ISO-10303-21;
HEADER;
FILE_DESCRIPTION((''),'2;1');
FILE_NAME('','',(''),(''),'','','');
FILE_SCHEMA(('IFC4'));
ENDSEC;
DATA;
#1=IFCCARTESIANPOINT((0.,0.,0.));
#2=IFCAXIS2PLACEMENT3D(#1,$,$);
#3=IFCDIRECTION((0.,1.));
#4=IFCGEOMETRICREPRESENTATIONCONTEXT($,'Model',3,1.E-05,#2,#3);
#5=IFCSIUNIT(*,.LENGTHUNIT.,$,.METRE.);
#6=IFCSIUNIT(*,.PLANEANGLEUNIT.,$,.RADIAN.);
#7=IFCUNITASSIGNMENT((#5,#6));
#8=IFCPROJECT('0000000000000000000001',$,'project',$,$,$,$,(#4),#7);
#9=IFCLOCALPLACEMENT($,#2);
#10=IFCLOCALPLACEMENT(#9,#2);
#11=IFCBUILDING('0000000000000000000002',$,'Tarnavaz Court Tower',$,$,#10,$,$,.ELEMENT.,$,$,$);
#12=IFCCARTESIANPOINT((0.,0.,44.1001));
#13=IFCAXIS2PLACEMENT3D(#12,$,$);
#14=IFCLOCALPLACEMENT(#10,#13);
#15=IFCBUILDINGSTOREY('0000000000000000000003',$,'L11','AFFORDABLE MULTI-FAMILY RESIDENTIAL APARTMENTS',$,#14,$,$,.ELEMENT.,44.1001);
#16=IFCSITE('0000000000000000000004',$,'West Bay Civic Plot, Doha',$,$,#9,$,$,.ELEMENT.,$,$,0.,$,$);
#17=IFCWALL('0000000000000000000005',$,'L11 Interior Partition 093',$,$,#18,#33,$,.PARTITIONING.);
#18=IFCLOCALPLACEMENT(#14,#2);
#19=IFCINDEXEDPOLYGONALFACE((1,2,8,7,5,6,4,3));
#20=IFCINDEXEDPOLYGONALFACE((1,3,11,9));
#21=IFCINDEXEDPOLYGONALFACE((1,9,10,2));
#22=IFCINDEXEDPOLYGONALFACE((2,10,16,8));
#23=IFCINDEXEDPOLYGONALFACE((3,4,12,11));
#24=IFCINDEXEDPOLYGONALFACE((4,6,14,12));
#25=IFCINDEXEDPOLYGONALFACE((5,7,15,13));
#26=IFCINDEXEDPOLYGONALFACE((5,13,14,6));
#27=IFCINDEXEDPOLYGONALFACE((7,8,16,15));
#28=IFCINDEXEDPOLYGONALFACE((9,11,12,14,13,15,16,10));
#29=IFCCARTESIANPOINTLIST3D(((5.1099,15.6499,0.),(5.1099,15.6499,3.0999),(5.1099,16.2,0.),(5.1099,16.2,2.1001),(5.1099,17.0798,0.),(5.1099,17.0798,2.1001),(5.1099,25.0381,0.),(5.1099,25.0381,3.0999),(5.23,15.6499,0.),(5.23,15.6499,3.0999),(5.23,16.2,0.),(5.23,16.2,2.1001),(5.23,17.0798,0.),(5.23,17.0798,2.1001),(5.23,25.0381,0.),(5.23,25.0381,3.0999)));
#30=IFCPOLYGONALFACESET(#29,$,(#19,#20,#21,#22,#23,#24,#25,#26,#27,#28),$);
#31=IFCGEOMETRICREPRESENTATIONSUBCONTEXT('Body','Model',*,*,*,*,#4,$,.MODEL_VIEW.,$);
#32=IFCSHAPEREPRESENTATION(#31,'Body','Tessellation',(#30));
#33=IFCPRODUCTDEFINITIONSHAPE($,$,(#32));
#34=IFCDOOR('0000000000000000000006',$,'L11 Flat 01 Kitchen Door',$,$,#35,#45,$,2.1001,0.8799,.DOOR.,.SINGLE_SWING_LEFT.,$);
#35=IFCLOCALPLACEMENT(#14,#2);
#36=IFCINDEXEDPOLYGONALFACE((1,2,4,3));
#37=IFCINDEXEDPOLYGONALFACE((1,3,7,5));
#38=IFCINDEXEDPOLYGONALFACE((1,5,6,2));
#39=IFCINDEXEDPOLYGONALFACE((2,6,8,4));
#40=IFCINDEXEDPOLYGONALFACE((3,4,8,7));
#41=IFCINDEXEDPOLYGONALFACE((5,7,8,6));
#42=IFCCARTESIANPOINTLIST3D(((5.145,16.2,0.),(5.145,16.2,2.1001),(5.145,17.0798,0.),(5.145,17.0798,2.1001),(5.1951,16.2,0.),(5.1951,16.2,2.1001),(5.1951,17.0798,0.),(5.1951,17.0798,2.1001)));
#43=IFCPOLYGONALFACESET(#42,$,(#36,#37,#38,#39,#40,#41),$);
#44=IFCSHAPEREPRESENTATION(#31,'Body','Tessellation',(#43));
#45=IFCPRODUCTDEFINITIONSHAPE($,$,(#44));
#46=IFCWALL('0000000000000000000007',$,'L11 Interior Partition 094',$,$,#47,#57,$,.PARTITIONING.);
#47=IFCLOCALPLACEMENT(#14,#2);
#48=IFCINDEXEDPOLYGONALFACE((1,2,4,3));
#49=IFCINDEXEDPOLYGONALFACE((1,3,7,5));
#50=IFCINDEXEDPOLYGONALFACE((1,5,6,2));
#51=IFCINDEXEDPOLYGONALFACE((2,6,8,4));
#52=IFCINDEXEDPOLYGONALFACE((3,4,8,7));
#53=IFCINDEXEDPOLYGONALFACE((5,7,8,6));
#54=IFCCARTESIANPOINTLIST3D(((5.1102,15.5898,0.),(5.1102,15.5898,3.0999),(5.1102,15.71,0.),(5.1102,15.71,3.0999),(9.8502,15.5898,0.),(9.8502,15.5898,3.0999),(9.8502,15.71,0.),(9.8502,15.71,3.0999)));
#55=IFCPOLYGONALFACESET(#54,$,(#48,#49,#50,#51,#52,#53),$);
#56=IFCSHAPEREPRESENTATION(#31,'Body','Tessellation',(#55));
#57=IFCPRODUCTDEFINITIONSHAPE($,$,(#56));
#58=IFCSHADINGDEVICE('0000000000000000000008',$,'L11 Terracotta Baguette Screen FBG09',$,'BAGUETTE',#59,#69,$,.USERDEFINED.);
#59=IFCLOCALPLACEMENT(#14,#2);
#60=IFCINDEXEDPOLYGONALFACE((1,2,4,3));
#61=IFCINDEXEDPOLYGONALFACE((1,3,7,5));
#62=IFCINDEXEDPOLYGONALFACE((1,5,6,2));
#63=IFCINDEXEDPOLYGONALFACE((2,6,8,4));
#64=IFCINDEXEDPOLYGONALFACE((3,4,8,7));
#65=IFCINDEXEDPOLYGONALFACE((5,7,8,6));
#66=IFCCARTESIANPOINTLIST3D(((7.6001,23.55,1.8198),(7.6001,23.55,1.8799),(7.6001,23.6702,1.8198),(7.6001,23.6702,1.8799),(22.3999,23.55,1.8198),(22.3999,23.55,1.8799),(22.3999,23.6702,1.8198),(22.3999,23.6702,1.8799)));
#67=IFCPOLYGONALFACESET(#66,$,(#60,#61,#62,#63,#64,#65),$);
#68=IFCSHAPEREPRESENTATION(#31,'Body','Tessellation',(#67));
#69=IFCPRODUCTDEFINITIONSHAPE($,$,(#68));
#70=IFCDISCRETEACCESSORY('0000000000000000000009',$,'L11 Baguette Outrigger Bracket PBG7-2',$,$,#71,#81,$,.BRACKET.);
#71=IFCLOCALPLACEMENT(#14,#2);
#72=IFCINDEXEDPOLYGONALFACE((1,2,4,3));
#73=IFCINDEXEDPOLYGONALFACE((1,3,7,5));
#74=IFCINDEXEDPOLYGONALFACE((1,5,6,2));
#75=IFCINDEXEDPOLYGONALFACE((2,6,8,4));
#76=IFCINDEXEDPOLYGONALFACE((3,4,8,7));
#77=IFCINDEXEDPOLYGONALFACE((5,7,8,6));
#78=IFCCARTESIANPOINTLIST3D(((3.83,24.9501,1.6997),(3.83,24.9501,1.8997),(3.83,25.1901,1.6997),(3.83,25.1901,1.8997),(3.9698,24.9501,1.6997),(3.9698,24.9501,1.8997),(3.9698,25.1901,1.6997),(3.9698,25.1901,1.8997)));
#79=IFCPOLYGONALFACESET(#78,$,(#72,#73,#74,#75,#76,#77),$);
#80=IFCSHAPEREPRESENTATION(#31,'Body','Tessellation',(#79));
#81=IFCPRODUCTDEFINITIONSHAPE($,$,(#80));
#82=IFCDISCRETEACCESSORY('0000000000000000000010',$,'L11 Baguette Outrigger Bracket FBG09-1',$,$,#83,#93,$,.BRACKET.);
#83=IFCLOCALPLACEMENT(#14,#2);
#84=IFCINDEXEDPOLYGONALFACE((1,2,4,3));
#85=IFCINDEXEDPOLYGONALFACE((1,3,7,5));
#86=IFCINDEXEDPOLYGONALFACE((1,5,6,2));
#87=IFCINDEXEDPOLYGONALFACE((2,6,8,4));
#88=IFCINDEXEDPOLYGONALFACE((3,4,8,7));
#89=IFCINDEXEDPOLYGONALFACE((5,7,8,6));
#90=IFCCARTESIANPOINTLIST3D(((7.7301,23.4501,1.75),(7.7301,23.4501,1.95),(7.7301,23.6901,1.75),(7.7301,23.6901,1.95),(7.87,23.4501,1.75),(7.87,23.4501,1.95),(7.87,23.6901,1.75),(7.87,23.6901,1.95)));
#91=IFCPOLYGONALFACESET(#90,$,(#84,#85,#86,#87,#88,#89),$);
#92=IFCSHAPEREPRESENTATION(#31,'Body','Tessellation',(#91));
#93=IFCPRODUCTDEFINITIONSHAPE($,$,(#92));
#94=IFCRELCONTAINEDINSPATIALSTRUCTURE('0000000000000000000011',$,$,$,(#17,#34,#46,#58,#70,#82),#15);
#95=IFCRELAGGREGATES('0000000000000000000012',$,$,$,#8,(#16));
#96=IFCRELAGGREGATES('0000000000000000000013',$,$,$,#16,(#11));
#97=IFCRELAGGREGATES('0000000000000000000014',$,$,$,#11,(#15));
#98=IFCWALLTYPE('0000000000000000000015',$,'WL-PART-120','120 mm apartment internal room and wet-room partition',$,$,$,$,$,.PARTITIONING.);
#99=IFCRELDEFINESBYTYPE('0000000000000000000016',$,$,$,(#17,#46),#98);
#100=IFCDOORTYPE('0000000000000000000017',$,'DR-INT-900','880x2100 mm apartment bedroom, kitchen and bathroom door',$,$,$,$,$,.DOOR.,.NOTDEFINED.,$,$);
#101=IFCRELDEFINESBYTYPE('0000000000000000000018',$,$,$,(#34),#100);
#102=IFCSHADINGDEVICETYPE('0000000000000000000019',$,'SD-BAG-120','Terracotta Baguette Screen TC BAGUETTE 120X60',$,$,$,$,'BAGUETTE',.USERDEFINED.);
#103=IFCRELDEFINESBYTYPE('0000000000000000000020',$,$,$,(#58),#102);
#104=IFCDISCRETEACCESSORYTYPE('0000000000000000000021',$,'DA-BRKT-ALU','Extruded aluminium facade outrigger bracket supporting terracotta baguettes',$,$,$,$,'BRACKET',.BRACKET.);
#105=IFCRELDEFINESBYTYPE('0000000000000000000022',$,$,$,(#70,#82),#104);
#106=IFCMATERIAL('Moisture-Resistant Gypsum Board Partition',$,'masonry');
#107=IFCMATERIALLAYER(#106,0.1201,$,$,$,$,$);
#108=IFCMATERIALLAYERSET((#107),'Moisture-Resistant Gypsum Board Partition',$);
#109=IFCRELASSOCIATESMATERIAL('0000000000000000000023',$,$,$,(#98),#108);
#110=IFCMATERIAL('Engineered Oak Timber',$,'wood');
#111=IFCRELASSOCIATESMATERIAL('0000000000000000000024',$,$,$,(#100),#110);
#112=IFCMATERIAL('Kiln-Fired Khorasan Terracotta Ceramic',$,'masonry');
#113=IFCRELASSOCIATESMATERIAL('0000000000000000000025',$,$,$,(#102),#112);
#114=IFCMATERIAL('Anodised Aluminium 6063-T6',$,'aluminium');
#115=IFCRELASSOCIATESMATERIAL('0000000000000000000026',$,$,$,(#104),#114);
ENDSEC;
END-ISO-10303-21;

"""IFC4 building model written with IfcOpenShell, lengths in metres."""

from ifc_helpers import new_model, si_unit, direction, frame, frame_2d, origin, origin_2d, place, context, subcontext, project, spatial, rectangle, extrude, material, layer, layer_set, material_profile, profile_set, type_object, element, fill, save


model = new_model("IFC4")

# Units and contexts
model_context = context("Model", 3, precision=1e-05, world=origin(), true_north=direction((0.0, 1.0)))
body_context = subcontext(model_context, "Body", "Model", "MODEL_VIEW")
ifc_project = project(units=[si_unit("LENGTHUNIT", "METRE"), si_unit("PLANEANGLEUNIT", "RADIAN")], contexts=[model_context])

# Site, building, storey
site_placement = place(None, origin())
site = spatial("IfcSite", under=ifc_project, at=site_placement, Name="West Bay Civic Plot, Doha", CompositionType="ELEMENT", RefElevation=0.0)
building_placement = place(site_placement, origin())
building = spatial("IfcBuilding", under=site, at=building_placement, Name="Tarnavaz Court Tower", CompositionType="ELEMENT")
storey_placement = place(building_placement, frame((0.0, 0.0, 44.1001)))
storey = spatial("IfcBuildingStorey", under=building, at=storey_placement, Name="L11", Description="AFFORDABLE MULTI-FAMILY RESIDENTIAL APARTMENTS", CompositionType="ELEMENT", Elevation=44.1001)

# Shared definitions
ifc_material_1 = material(Name="Anodised Aluminium 6063-T6", Category="aluminium")

# Wall, opening, door
ifc_material_2 = material(Name="Moisture-Resistant Gypsum Board Partition", Category="masonry")
ifc_layer_1 = layer(ifc_material_2, 0.1201)
ifc_layer_set_1 = layer_set([ifc_layer_1], Name="Moisture-Resistant Gypsum Board Partition")
wall_type_1 = type_object("IfcWallType", Name="WL-PART-120", Description="120 mm apartment internal room and wet-room partition", PredefinedType="PARTITIONING", material=ifc_layer_set_1)
wall_1_placement = place(storey_placement, frame((5.1699, 15.6499, 0.0), z_axis=(0.0, 0.0, 1.0), x_axis=(0.0, 1.0, 0.0)))
wall_1 = element("IfcWall", 1, at=wall_1_placement, inside=storey, type_object=wall_type_1, Name="L11 Interior Partition 093", PredefinedType="PARTITIONING", context=body_context, shape_type="SweptSolid", body=[
    extrude(rectangle(XDim=9.3882, YDim=0.1201, at=frame_2d((4.6941, 0.0))), origin(), (0.0, 0.0, 1.0), 3.0999),
])
opening_1_placement = place(wall_1_placement, frame((0.55, 0.0, 0.0)))
opening_1 = element("IfcOpeningElement", 2, at=opening_1_placement, cuts=wall_1, PredefinedType="OPENING", context=body_context, shape_type="SweptSolid", body=[
    extrude(rectangle(XDim=0.8799, YDim=2.1001, at=frame_2d((0.4399, 1.05))), frame((0.0, 0.0701, 0.0), z_axis=(0.0, -1.0, 0.0), x_axis=(1.0, 0.0, 0.0)), (0.0, 0.0, 1.0), 0.1401),
])
ifc_material_3 = material(Name="Engineered Oak Timber", Category="wood")
door_type_1 = type_object("IfcDoorType", Name="DR-INT-900", Description="880x2100 mm apartment bedroom, kitchen and bathroom door", OperationType="NOTDEFINED", PredefinedType="DOOR", material=ifc_material_3)
door_1_placement = place(opening_1_placement, origin())
door_1 = element("IfcDoor", 3, at=door_1_placement, inside=storey, type_object=door_type_1, Name="L11 Flat 01 Kitchen Door", OperationType="SINGLE_SWING_LEFT", OverallHeight=2.1001, OverallWidth=0.8799, PredefinedType="DOOR", context=body_context, shape_type="SweptSolid", body=[
    extrude(rectangle(XDim=0.8799, YDim=2.1001, at=frame_2d((0.4399, 1.05))), frame((0.0, 0.0249, 0.0), z_axis=(0.0, -1.0, 0.0), x_axis=(1.0, 0.0, 0.0)), (0.0, 0.0, 1.0), 0.05),
])
fill(opening_1, door_1)

# Wall
wall_2_placement = place(storey_placement, frame((5.1101, 15.6499, 0.0), z_axis=(0.0, 0.0, 1.0), x_axis=(1.0, 0.0, 0.0)))
element("IfcWall", 4, at=wall_2_placement, inside=storey, type_object=wall_type_1, Name="L11 Interior Partition 094", PredefinedType="PARTITIONING", context=body_context, shape_type="SweptSolid", body=[
    extrude(rectangle(XDim=4.74, YDim=0.1201, at=frame_2d((2.3701, 0.0))), origin(), (0.0, 0.0, 1.0), 3.0999),
])

# Shading device
ifc_material_4 = material(Name="Kiln-Fired Khorasan Terracotta Ceramic", Category="masonry")
ifc_material_profile_1 = material_profile(ifc_material_4, rectangle(XDim=0.1201, YDim=0.0601, at=origin_2d()), Name="TC BAGUETTE 120X60")
ifc_profile_set_1 = profile_set([ifc_material_profile_1], Name="Kiln-Fired Khorasan Terracotta Ceramic")
shading_device_type = type_object("IfcShadingDeviceType", Name="SD-BAG-120", Description="Terracotta Baguette Screen TC BAGUETTE 120X60", ElementType="BAGUETTE", PredefinedType="USERDEFINED", material=ifc_profile_set_1)
shading_device_placement = place(storey_placement, frame((7.6001, 23.6101, 1.8499), z_axis=(1.0, 0.0, 0.0), x_axis=(0.0, 1.0, 0.0)))
element("IfcShadingDevice", 5, at=shading_device_placement, inside=storey, type_object=shading_device_type, Name="L11 Terracotta Baguette Screen FBG09", ObjectType="BAGUETTE", PredefinedType="USERDEFINED", context=body_context, shape_type="SweptSolid", body=[
    extrude(rectangle(XDim=0.1201, YDim=0.0601, at=origin_2d()), origin(), (0.0, 0.0, 1.0), 14.7998),
])

# Discrete accessories
discrete_accessory_type = type_object("IfcDiscreteAccessoryType", Name="DA-BRKT-ALU", Description="Extruded aluminium facade outrigger bracket supporting terracotta baguettes", ElementType="BRACKET", PredefinedType="BRACKET", material=ifc_material_1)
for number, where, z_axis, x_axis, name in (
    (6, (3.8999, 25.0701, 1.6997), (0.0, 0.0, 1.0), (1.0, 0.0, 0.0), "L11 Baguette Outrigger Bracket PBG7-2"),
    (7, (7.8, 23.5701, 1.75), (0.0, 0.0, 1.0), (1.0, 0.0, 0.0), "L11 Baguette Outrigger Bracket FBG09-1"),
):
    element("IfcDiscreteAccessory", number, at=place(storey_placement, frame(where, z_axis=z_axis, x_axis=x_axis)), inside=storey, type_object=discrete_accessory_type, Name=name, PredefinedType="BRACKET", context=body_context, shape_type="SweptSolid", body=[
        extrude(rectangle(XDim=0.1399, YDim=0.24, at=origin_2d()), origin(), (0.0, 0.0, 1.0), 0.2),
    ])

save(model, "model.ifc")
